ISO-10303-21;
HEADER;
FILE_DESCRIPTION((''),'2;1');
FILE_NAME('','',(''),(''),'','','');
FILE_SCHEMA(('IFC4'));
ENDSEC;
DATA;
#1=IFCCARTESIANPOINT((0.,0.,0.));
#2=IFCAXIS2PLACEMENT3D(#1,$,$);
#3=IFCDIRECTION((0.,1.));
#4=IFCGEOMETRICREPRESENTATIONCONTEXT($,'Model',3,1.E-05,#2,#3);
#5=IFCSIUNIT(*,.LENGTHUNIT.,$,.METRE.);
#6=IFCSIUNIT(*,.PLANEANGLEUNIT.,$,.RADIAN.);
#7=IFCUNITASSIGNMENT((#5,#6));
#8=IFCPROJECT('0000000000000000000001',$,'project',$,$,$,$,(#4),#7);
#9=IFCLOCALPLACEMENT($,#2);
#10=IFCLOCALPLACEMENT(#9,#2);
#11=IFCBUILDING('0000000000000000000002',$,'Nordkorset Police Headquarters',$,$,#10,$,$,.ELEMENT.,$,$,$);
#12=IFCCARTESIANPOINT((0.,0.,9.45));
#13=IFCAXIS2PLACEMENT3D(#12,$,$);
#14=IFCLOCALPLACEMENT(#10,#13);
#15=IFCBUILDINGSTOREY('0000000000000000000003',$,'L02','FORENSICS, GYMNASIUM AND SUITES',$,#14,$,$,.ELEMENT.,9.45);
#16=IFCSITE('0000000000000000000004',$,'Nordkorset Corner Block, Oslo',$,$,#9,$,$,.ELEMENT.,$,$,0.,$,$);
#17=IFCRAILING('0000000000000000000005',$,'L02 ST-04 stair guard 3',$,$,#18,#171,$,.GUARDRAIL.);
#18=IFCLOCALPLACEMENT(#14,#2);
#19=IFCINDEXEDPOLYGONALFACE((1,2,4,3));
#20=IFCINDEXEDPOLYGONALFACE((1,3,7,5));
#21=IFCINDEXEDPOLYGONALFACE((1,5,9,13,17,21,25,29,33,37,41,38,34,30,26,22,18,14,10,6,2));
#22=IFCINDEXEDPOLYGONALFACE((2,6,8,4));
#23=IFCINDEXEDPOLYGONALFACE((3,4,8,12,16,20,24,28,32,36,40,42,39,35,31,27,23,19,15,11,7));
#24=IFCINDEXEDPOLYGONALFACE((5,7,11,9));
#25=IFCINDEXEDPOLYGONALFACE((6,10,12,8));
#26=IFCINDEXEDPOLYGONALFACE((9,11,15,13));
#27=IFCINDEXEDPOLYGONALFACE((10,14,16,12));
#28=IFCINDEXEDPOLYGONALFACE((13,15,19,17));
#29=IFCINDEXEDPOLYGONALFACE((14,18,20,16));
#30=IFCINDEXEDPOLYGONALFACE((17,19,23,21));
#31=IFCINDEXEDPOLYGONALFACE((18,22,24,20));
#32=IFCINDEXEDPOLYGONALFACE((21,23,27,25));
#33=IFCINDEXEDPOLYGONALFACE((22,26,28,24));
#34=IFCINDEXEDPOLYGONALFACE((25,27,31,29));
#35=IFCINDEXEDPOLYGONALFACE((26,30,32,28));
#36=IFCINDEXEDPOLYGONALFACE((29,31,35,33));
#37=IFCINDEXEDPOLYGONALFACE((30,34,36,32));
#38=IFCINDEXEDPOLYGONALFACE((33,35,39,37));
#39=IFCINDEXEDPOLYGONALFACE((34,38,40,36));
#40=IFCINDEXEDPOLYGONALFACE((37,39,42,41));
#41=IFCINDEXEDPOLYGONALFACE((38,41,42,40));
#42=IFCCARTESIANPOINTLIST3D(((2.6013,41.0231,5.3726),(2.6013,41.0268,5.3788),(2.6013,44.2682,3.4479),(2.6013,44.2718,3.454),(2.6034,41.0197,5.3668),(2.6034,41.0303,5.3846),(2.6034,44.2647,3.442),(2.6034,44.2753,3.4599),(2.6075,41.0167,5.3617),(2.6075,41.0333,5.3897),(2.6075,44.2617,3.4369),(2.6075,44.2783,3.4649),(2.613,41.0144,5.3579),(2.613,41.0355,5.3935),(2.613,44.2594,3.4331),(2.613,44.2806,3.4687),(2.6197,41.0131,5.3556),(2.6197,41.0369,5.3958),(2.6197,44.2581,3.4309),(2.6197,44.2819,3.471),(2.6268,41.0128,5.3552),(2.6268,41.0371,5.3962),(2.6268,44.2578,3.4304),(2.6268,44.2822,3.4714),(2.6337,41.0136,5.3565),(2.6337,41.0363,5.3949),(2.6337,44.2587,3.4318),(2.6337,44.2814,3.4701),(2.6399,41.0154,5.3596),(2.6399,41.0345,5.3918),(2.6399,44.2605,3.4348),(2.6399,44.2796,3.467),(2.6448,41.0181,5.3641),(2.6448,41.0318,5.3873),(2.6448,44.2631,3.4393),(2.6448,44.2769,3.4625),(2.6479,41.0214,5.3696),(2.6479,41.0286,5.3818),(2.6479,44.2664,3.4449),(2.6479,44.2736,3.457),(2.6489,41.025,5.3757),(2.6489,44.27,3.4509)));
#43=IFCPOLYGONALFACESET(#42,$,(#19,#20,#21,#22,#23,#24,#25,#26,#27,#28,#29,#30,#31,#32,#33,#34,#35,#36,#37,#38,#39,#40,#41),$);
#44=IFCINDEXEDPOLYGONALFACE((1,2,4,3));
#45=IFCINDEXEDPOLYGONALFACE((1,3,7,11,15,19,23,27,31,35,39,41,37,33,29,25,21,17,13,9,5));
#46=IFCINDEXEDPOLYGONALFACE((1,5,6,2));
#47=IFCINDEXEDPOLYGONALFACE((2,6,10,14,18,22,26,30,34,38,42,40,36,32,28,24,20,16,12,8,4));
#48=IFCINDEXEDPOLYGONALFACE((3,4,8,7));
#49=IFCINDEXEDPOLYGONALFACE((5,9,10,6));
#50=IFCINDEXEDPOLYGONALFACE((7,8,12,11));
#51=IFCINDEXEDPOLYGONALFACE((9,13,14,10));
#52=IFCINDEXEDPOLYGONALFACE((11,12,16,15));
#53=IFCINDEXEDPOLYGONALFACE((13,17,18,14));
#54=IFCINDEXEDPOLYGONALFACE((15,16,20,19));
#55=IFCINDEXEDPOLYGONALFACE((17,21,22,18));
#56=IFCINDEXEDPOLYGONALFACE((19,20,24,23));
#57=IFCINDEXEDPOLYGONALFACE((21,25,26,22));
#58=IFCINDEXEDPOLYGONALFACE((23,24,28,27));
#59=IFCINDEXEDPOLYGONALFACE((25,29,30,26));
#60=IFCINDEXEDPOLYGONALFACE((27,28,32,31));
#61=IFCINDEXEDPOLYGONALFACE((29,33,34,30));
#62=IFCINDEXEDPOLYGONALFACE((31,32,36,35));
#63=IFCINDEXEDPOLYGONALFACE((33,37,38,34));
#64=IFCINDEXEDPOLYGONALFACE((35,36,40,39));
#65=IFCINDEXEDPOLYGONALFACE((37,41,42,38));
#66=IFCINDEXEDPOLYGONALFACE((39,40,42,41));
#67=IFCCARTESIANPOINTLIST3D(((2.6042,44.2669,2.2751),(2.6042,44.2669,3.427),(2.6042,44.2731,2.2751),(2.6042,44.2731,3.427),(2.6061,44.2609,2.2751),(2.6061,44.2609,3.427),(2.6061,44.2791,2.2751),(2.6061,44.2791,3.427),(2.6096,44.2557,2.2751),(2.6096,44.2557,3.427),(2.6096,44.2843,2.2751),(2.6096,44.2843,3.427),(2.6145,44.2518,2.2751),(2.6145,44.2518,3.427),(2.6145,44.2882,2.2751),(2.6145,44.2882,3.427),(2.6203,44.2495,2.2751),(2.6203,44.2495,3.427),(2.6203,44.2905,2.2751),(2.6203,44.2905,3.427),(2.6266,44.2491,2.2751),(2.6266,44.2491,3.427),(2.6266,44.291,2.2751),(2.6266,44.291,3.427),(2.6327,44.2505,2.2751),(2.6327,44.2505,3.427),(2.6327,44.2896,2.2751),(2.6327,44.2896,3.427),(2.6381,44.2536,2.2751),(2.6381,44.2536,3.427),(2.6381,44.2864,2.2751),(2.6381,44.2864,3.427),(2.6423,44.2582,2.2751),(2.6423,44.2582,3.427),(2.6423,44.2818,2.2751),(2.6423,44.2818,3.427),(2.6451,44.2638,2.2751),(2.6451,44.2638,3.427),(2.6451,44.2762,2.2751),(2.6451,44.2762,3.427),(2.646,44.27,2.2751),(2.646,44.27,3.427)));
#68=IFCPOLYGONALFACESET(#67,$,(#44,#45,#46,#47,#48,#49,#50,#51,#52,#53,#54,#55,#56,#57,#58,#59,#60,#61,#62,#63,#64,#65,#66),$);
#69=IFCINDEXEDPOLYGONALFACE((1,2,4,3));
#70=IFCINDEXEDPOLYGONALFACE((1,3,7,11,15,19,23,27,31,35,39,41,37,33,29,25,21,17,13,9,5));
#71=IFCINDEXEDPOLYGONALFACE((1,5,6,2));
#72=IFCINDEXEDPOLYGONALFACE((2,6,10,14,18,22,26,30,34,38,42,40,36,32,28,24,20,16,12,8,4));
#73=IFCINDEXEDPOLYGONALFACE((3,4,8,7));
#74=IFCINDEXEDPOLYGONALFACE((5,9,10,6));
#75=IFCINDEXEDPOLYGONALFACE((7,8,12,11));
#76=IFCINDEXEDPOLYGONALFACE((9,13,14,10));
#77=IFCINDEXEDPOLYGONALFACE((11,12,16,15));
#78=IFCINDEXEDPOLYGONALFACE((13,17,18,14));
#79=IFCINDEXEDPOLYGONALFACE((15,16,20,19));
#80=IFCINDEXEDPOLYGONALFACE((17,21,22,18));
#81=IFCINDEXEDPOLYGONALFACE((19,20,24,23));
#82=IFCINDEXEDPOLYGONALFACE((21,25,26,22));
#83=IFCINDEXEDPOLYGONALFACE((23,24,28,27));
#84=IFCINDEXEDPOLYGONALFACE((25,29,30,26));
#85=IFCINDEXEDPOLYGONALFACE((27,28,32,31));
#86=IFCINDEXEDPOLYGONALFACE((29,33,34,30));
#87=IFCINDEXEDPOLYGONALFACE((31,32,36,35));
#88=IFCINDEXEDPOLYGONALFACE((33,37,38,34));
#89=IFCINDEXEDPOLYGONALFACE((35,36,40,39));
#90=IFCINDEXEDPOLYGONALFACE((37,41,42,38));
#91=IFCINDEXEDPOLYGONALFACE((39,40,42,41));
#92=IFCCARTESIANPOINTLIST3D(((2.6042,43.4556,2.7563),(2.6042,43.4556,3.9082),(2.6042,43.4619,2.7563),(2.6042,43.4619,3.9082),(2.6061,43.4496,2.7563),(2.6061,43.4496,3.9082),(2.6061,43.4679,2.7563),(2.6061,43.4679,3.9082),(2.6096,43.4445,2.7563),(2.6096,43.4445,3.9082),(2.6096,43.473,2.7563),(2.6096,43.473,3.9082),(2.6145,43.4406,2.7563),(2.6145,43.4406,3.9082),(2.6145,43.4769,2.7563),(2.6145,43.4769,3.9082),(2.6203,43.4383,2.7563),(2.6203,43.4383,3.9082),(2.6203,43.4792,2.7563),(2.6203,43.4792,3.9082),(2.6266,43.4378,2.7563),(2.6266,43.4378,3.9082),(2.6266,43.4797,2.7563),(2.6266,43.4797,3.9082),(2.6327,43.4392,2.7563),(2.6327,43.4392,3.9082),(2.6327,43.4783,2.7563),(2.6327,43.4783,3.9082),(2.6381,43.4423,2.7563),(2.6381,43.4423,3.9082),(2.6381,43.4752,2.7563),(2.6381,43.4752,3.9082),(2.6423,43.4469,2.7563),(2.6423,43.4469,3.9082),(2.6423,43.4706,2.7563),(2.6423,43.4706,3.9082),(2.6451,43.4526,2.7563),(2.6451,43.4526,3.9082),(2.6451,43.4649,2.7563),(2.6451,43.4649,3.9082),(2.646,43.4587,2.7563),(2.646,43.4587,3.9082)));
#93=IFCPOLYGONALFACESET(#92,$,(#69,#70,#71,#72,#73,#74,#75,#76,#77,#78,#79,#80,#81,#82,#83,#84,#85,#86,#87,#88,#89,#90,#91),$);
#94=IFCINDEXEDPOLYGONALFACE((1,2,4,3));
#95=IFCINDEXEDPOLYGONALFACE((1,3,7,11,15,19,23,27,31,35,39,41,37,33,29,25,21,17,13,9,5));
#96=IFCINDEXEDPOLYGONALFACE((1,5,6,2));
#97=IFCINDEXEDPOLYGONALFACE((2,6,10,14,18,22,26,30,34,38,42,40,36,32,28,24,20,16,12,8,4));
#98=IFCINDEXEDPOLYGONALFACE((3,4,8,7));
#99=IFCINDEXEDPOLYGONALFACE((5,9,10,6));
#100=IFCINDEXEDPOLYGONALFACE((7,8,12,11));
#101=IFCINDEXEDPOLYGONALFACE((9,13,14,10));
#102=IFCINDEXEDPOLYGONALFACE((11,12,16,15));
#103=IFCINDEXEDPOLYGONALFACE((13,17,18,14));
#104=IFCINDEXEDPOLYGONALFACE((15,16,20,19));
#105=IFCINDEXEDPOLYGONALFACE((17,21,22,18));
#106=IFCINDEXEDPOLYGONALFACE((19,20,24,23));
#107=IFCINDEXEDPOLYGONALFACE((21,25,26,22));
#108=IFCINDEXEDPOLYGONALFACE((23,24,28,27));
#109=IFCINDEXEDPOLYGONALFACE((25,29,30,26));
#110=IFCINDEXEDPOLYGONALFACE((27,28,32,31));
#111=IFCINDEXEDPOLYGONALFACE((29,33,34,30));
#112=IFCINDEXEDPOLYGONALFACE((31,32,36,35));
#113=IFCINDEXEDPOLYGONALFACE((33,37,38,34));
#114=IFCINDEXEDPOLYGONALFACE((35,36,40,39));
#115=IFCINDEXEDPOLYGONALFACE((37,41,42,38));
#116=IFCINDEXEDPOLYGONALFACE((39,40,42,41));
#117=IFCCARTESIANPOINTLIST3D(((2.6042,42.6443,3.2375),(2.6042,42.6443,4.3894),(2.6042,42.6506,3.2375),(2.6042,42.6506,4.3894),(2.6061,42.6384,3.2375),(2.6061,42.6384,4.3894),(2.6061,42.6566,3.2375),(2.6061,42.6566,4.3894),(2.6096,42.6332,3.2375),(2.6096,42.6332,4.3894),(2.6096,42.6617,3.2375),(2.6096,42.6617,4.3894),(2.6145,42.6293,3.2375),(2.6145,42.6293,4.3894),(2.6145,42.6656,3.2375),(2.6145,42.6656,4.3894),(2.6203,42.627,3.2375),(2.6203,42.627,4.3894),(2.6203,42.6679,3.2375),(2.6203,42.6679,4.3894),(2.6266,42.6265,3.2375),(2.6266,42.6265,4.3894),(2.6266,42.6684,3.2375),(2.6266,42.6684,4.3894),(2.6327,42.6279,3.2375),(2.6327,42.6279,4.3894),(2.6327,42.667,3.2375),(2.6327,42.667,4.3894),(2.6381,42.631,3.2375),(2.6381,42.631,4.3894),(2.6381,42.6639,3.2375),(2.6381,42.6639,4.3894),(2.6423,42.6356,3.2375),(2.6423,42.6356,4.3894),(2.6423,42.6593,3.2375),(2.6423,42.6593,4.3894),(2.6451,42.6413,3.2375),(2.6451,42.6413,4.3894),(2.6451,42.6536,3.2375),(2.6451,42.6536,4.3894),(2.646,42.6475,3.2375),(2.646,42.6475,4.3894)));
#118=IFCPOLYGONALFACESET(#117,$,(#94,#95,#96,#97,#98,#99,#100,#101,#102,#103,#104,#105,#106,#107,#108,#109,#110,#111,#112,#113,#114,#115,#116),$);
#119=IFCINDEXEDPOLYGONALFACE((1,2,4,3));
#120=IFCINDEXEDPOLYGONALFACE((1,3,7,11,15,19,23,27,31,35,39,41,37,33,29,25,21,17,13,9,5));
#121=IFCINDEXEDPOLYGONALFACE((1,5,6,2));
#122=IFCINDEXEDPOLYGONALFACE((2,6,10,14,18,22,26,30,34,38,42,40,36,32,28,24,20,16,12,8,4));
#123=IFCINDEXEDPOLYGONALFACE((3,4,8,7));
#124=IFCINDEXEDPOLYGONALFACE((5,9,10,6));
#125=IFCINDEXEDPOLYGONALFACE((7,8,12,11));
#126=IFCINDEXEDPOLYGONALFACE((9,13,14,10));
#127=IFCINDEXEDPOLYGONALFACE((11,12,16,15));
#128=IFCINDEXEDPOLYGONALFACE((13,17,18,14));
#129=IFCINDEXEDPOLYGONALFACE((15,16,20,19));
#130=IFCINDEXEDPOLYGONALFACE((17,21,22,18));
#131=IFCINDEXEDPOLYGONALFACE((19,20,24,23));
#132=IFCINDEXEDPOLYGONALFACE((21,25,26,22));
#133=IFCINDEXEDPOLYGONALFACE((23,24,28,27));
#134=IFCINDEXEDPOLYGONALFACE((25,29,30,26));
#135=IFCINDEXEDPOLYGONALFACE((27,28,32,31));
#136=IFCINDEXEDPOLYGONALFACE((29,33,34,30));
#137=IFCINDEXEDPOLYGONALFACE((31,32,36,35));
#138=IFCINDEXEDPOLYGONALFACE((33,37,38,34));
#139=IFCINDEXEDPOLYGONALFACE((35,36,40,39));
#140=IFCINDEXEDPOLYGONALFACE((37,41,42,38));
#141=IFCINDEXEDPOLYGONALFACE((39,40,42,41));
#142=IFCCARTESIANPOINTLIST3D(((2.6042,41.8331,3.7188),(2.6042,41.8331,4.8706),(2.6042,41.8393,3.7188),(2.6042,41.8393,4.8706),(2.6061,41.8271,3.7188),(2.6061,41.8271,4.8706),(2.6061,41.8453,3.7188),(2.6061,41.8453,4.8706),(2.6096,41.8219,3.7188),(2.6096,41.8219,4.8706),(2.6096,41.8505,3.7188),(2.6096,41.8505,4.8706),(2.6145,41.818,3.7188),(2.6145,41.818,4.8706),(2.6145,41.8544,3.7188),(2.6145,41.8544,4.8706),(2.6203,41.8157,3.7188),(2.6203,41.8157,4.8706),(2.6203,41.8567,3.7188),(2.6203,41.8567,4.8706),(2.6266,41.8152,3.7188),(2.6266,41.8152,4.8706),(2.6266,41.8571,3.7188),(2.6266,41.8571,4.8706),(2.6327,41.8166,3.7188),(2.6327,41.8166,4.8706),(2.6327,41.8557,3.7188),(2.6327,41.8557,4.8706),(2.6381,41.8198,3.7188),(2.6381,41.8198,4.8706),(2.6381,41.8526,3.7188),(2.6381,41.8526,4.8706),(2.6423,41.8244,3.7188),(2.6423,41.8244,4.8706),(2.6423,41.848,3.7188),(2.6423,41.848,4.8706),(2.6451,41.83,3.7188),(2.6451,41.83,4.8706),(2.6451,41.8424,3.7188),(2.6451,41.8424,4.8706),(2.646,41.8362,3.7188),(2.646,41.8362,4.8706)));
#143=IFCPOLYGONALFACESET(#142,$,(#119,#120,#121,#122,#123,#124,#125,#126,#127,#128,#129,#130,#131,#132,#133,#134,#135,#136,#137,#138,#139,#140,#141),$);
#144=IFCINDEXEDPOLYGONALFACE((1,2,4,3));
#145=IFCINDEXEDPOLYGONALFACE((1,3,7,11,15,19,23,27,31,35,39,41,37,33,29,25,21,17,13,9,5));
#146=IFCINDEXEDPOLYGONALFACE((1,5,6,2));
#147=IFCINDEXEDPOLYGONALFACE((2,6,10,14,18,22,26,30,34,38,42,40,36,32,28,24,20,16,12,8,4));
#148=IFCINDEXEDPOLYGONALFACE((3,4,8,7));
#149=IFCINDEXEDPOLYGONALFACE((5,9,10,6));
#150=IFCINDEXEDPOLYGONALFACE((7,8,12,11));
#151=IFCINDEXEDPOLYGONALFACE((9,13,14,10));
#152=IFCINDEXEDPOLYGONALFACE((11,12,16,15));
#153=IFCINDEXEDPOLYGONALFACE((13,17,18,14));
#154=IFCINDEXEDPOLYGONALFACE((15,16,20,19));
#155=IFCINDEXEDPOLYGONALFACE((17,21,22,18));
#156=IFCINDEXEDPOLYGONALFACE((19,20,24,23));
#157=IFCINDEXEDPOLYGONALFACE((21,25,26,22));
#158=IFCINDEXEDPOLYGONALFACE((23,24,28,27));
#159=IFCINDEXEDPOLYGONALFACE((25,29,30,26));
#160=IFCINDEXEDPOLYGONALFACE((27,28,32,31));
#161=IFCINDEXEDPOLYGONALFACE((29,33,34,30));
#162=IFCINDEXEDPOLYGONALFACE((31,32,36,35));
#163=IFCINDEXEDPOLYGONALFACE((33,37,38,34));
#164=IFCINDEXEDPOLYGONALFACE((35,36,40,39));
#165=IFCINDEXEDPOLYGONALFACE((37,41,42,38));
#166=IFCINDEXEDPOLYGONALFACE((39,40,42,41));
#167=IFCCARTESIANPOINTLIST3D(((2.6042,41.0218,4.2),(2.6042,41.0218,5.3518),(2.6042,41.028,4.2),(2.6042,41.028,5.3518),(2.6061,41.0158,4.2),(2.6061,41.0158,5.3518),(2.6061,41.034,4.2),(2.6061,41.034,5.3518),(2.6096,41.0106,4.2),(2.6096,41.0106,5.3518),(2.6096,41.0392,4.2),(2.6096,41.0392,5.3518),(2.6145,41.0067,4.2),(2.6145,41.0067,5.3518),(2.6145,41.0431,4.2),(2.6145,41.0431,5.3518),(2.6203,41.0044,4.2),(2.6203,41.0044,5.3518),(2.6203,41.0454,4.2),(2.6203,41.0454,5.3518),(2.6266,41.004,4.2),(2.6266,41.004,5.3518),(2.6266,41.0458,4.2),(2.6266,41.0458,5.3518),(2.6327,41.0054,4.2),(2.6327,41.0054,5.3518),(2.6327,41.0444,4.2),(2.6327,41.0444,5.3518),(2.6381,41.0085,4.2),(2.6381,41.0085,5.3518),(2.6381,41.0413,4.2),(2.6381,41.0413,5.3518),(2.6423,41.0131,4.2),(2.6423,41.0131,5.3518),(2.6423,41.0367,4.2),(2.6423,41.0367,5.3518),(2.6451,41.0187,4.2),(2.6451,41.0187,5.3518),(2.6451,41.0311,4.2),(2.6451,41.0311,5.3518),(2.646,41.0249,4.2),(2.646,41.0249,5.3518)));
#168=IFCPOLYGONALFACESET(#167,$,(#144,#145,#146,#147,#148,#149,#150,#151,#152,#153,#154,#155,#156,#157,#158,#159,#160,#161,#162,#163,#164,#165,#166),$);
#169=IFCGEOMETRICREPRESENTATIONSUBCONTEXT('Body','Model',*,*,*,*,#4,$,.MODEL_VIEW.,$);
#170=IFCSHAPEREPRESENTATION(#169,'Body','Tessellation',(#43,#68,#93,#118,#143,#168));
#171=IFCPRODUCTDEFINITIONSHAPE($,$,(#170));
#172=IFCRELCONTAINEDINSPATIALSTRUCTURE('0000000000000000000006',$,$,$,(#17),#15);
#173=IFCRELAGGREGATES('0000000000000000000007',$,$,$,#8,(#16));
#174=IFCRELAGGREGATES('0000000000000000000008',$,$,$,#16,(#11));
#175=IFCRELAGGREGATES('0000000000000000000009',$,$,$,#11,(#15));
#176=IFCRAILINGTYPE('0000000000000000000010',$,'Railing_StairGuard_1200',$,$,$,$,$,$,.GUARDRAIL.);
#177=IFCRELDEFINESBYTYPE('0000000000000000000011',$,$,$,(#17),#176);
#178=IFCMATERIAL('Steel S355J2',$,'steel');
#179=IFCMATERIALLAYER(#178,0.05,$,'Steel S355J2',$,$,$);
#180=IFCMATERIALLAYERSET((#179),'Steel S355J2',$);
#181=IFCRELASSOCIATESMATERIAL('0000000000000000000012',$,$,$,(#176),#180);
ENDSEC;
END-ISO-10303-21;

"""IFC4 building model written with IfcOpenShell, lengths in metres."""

from ifc_helpers import new_model, si_unit, direction, frame, origin, origin_2d, place, context, subcontext, project, spatial, circle, extrude, material, layer, layer_set, type_object, element, save


model = new_model("IFC4")

# Units and contexts
model_context = context("Model", 3, precision=1e-05, world=origin(), true_north=direction((0.0, 1.0)))
body_context = subcontext(model_context, "Body", "Model", "MODEL_VIEW")
ifc_project = project(units=[si_unit("LENGTHUNIT", "METRE"), si_unit("PLANEANGLEUNIT", "RADIAN")], contexts=[model_context])

# Site, building, storey
site_placement = place(None, origin())
site = spatial("IfcSite", under=ifc_project, at=site_placement, Name="Nordkorset Corner Block, Oslo", CompositionType="ELEMENT", RefElevation=0.0)
building_placement = place(site_placement, origin())
building = spatial("IfcBuilding", under=site, at=building_placement, Name="Nordkorset Police Headquarters", CompositionType="ELEMENT")
storey_placement = place(building_placement, frame((0.0, 0.0, 9.45)))
storey = spatial("IfcBuildingStorey", under=building, at=storey_placement, Name="L02", Description="FORENSICS, GYMNASIUM AND SUITES", CompositionType="ELEMENT", Elevation=9.45)

# Railing
ifc_material_1 = material(Name="Steel S355J2", Category="steel")
ifc_layer_1 = layer(ifc_material_1, 0.05, Name="Steel S355J2")
ifc_layer_set_1 = layer_set([ifc_layer_1], Name="Steel S355J2")
railing_type_1 = type_object("IfcRailingType", Name="Railing_StairGuard_1200", PredefinedType="GUARDRAIL", material=ifc_layer_set_1)
railing_1_placement = place(storey_placement, frame((2.625, 44.27, 2.2751)))
element("IfcRailing", 1, at=railing_1_placement, inside=storey, type_object=railing_type_1, Name="L02 ST-04 stair guard 3", PredefinedType="GUARDRAIL", context=body_context, shape_type="SweptSolid", body=[
    extrude(circle(Radius=0.0239, at=origin_2d()), frame((0.0, 0.0, 1.1758), z_axis=(0.0, -0.860085, 0.51015), x_axis=(1.0, 0.0, 0.0)), (0.0, 0.0, 1.0), 3.7729),
    extrude(circle(Radius=0.021, at=origin_2d()), origin(), (0.0, 0.0, 1.0), 1.1519),
    extrude(circle(Radius=0.021, at=origin_2d()), frame((0.0, -0.8113, 0.4812)), (0.0, 0.0, 1.0), 1.1519),
    extrude(circle(Radius=0.021, at=origin_2d()), frame((0.0, -1.6226, 0.9624)), (0.0, 0.0, 1.0), 1.1519),
    extrude(circle(Radius=0.021, at=origin_2d()), frame((0.0, -2.4338, 1.4436)), (0.0, 0.0, 1.0), 1.1519),
    extrude(circle(Radius=0.021, at=origin_2d()), frame((0.0, -3.2451, 1.9248)), (0.0, 0.0, 1.0), 1.1519),
])

save(model, "model.ifc")
